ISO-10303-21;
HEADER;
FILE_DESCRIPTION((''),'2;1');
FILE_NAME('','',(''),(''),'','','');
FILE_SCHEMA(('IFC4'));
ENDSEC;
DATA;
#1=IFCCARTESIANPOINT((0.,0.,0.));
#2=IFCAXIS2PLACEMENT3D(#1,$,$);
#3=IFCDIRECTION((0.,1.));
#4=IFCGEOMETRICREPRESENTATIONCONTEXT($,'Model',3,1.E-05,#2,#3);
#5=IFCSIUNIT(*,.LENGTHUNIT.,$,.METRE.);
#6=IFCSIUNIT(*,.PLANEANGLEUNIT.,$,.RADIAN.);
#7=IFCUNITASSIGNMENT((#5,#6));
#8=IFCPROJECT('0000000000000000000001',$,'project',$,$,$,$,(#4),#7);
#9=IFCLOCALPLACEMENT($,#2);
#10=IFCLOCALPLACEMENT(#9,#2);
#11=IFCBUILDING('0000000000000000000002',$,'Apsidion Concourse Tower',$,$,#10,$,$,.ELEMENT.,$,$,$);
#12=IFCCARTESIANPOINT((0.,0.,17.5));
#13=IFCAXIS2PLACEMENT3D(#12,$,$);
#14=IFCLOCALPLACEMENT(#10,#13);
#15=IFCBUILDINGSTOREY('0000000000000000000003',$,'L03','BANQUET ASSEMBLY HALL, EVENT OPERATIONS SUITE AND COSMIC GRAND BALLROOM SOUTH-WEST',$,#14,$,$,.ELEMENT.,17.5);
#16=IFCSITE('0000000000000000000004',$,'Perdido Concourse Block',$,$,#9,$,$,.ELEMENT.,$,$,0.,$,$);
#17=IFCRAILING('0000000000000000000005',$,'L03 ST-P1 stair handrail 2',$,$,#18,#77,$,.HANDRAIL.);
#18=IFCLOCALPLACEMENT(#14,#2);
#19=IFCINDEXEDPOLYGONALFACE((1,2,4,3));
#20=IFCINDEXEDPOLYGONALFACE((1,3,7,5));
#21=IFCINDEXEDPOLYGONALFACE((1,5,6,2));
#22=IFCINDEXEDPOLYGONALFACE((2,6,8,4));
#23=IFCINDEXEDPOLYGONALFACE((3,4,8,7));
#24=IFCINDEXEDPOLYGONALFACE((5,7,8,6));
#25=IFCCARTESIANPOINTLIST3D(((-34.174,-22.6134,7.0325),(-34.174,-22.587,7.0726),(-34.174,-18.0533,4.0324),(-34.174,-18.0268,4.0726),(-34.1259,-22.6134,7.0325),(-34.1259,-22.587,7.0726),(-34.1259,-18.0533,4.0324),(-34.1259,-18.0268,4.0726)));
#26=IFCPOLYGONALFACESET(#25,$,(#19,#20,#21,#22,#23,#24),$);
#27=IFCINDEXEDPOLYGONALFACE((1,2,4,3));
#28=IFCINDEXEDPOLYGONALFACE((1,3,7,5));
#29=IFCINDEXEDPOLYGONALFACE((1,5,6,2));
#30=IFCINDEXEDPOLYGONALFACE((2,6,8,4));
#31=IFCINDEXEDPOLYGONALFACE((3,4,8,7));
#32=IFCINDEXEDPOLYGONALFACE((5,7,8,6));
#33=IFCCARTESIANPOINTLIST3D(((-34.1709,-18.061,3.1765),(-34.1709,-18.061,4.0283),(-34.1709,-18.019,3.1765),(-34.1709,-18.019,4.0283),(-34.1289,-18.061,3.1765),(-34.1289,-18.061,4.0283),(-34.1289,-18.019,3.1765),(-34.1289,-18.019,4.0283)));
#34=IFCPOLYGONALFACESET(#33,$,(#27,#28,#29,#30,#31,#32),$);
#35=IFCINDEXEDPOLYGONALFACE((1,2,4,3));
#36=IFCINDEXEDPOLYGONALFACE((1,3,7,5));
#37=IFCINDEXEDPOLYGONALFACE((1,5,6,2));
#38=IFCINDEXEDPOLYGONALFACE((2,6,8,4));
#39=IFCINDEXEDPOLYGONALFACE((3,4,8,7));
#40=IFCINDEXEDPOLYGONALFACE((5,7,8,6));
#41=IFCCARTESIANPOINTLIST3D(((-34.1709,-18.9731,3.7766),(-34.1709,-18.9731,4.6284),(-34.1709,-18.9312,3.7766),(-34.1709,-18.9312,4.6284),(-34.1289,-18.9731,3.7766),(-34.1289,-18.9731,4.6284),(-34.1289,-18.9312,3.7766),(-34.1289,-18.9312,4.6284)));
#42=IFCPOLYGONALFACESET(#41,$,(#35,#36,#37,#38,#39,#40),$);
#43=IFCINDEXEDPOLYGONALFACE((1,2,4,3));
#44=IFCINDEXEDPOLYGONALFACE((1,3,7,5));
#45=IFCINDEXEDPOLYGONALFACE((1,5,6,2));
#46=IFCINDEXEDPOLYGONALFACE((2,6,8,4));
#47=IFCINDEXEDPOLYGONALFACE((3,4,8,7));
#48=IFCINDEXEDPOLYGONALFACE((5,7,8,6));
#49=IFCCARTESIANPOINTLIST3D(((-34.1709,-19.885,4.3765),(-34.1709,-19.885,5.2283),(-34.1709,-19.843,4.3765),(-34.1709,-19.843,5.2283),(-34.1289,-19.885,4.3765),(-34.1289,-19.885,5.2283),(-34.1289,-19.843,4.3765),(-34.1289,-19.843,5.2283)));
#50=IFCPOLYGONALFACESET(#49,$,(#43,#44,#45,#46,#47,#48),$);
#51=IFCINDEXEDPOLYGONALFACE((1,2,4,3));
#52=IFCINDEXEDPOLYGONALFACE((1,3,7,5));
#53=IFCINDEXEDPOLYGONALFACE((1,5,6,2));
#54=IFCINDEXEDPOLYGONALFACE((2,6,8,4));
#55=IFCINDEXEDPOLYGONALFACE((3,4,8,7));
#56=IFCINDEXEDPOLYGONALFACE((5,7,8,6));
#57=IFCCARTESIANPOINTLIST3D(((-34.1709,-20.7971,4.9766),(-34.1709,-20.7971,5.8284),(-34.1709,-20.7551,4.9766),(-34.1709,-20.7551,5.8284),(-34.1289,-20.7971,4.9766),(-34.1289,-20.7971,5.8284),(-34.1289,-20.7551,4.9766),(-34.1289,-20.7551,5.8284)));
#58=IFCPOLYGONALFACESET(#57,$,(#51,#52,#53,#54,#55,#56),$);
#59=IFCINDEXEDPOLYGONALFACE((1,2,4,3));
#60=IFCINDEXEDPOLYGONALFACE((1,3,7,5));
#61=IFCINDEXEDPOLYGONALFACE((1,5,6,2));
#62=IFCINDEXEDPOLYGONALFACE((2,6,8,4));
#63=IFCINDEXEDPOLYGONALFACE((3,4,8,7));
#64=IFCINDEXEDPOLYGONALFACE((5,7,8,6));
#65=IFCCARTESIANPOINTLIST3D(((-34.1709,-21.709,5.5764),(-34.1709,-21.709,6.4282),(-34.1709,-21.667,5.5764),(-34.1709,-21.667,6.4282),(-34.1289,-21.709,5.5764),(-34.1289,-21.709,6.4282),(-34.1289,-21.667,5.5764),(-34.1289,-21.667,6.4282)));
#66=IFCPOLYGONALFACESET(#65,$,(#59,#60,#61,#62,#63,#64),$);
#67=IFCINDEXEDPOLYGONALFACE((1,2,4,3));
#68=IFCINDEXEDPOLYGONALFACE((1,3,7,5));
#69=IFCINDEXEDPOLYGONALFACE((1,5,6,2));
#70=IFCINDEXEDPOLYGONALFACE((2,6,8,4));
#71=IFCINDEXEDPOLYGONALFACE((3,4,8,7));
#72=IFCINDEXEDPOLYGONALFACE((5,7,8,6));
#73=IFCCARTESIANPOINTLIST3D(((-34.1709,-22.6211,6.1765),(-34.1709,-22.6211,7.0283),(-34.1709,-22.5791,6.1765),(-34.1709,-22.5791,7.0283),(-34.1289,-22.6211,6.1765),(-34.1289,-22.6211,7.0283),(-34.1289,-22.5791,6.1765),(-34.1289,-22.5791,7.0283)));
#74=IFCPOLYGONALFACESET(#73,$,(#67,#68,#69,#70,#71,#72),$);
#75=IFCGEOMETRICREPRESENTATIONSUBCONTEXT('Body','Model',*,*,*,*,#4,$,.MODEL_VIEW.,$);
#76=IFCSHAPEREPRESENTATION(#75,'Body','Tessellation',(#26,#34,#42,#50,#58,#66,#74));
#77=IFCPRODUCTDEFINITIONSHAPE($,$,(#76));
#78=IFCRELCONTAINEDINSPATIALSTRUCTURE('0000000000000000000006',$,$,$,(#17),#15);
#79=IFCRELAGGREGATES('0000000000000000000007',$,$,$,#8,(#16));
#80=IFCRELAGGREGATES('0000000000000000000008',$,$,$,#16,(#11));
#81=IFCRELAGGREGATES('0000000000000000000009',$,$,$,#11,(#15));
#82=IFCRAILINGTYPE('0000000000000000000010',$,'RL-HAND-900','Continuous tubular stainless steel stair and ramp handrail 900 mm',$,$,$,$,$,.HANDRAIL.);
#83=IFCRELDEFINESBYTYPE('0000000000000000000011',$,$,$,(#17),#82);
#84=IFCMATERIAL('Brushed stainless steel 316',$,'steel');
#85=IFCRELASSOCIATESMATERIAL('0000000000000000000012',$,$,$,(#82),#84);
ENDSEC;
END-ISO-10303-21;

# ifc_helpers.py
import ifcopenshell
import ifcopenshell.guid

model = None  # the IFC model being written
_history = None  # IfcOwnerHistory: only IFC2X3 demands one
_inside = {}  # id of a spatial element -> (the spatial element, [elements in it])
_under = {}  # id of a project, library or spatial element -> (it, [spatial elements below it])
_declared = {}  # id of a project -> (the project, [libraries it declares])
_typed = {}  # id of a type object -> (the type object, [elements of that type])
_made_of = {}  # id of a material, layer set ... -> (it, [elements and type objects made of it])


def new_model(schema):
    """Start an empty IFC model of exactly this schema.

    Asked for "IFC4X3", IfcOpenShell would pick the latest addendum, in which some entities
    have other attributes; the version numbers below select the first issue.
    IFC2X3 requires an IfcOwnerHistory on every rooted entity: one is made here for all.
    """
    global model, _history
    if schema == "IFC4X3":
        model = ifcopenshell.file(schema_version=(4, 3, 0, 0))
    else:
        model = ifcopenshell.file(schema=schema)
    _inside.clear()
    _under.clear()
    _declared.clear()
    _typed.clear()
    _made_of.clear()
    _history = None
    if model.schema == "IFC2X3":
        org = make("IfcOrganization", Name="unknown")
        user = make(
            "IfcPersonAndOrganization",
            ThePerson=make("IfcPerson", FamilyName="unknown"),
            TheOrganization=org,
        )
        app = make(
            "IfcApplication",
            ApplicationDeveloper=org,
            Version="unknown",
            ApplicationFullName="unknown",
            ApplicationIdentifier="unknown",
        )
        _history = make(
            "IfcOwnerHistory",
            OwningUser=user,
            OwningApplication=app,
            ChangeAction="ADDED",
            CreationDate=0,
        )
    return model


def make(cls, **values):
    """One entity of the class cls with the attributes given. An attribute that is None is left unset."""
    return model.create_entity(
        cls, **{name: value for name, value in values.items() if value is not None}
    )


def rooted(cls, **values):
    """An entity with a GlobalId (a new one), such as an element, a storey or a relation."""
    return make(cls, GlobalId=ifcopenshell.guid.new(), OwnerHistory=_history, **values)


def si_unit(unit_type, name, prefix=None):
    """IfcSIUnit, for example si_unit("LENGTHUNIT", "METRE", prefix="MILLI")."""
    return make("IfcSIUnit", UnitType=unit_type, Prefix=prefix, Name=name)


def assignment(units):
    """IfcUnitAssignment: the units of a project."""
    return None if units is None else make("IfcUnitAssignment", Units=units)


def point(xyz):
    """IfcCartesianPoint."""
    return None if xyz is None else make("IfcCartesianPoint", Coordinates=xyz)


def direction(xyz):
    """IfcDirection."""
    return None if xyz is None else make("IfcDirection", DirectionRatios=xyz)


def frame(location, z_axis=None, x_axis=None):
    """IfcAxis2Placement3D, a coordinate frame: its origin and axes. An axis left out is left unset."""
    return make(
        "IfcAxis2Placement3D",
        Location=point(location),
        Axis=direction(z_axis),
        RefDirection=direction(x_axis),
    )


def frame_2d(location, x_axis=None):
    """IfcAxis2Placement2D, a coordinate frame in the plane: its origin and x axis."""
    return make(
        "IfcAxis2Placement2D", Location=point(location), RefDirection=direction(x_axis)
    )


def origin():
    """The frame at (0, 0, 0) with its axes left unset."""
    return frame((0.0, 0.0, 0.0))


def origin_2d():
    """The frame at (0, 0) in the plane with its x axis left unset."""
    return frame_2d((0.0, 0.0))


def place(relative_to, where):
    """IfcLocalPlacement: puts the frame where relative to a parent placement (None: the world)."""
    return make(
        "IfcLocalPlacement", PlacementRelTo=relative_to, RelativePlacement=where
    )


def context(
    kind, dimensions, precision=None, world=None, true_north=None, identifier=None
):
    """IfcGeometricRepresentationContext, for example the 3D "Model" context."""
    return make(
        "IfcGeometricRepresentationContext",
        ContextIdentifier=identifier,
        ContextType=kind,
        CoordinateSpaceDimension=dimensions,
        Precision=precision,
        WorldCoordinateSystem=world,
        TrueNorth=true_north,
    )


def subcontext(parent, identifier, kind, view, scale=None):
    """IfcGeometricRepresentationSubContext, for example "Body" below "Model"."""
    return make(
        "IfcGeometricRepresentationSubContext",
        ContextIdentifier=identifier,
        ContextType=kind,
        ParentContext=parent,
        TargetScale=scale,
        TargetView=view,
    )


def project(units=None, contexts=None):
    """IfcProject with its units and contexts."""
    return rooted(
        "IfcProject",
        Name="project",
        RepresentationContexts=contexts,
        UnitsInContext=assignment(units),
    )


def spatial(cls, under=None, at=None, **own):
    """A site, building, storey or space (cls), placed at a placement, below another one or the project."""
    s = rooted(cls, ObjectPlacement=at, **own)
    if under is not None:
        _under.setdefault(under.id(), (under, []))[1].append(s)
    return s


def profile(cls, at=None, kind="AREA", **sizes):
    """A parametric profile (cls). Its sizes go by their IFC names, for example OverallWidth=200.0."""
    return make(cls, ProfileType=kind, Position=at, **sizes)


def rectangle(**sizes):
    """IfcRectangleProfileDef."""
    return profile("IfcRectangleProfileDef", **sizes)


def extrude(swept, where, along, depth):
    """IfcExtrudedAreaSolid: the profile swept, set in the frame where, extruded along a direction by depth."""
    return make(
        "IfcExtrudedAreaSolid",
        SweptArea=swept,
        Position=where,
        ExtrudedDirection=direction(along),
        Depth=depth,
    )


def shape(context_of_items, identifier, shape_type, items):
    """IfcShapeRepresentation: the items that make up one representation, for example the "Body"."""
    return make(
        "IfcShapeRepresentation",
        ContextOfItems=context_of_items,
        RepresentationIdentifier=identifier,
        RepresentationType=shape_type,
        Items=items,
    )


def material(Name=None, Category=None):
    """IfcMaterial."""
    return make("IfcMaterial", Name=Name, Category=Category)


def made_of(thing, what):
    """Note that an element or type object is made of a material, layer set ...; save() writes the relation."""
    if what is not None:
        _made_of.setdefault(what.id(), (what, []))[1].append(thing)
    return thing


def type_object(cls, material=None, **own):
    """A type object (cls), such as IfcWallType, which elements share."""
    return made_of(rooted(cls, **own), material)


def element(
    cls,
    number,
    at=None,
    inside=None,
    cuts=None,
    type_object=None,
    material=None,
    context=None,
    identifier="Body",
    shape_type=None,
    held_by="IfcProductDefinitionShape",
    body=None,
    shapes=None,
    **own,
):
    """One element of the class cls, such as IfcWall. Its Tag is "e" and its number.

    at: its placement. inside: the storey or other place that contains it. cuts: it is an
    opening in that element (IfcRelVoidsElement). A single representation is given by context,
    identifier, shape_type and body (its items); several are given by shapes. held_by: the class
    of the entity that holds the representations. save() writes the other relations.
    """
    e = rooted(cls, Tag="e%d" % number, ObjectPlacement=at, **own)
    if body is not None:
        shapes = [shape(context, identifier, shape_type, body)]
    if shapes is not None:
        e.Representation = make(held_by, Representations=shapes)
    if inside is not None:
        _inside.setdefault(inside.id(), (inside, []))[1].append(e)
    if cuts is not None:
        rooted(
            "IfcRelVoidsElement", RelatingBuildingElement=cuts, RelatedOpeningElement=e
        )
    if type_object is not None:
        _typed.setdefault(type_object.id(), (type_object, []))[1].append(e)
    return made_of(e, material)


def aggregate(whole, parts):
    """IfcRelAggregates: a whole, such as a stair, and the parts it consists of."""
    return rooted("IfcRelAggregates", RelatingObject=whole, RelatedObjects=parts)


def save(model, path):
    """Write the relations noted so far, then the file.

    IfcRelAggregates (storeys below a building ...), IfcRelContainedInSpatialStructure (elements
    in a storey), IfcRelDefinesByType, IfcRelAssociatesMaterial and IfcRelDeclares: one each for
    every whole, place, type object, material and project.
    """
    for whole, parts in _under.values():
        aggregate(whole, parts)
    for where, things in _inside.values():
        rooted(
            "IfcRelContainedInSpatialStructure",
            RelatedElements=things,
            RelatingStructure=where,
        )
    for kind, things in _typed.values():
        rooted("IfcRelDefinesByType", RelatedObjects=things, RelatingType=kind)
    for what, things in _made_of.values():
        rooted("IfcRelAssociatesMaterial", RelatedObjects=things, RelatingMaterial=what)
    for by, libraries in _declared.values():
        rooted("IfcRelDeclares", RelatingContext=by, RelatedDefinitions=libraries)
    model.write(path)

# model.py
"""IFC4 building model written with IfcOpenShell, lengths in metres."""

from ifc_helpers import new_model, si_unit, direction, frame, origin, origin_2d, place, context, subcontext, project, spatial, rectangle, extrude, material, type_object, element, save


model = new_model("IFC4")

# Units and contexts
model_context = context("Model", 3, precision=1e-05, world=origin(), true_north=direction((0.0, 1.0)))
body_context = subcontext(model_context, "Body", "Model", "MODEL_VIEW")
ifc_project = project(units=[si_unit("LENGTHUNIT", "METRE"), si_unit("PLANEANGLEUNIT", "RADIAN")], contexts=[model_context])

# Site, building, storey
site_placement = place(None, origin())
site = spatial("IfcSite", under=ifc_project, at=site_placement, Name="Perdido Concourse Block", CompositionType="ELEMENT", RefElevation=0.0)
building_placement = place(site_placement, origin())
building = spatial("IfcBuilding", under=site, at=building_placement, Name="Apsidion Concourse Tower", CompositionType="ELEMENT")
storey_placement = place(building_placement, frame((0.0, 0.0, 17.5)))
storey = spatial("IfcBuildingStorey", under=building, at=storey_placement, Name="L03", Description="BANQUET ASSEMBLY HALL, EVENT OPERATIONS SUITE AND COSMIC GRAND BALLROOM SOUTH-WEST", CompositionType="ELEMENT", Elevation=17.5)

# Shared definitions
ifc_material_1 = material(Name="Brushed stainless steel 316", Category="steel")

# Railing
railing_type_1 = type_object("IfcRailingType", Name="RL-HAND-900", Description="Continuous tubular stainless steel stair and ramp handrail 900 mm", PredefinedType="HANDRAIL", material=ifc_material_1)
railing_1_placement = place(storey_placement, frame((-34.1499, -18.04, 3.1765)))
element("IfcRailing", 1, at=railing_1_placement, inside=storey, type_object=railing_type_1, Name="L03 ST-P1 stair handrail 2", PredefinedType="HANDRAIL", context=body_context, shape_type="SweptSolid", body=[
    extrude(rectangle(XDim=0.0481, YDim=0.0481, at=origin_2d()), frame((0.0, 0.0, 0.876), z_axis=(0.0, -0.83542, 0.549612), x_axis=(1.0, 0.0, 0.0)), (0.0, 0.0, 1.0), 5.4585),
    extrude(rectangle(XDim=0.042, YDim=0.042, at=origin_2d()), origin(), (0.0, 0.0, 1.0), 0.8518),
    extrude(rectangle(XDim=0.042, YDim=0.042, at=origin_2d()), frame((0.0, -0.9121, 0.6001)), (0.0, 0.0, 1.0), 0.8518),
    extrude(rectangle(XDim=0.042, YDim=0.042, at=origin_2d()), frame((0.0, -1.824, 1.2)), (0.0, 0.0, 1.0), 0.8518),
    extrude(rectangle(XDim=0.042, YDim=0.042, at=origin_2d()), frame((0.0, -2.7361, 1.8)), (0.0, 0.0, 1.0), 0.8518),
    extrude(rectangle(XDim=0.042, YDim=0.042, at=origin_2d()), frame((0.0, -3.6479, 2.3999)), (0.0, 0.0, 1.0), 0.8518),
    extrude(rectangle(XDim=0.042, YDim=0.042, at=origin_2d()), frame((0.0, -4.5601, 3.0)), (0.0, 0.0, 1.0), 0.8518),
])

save(model, "model.ifc")
